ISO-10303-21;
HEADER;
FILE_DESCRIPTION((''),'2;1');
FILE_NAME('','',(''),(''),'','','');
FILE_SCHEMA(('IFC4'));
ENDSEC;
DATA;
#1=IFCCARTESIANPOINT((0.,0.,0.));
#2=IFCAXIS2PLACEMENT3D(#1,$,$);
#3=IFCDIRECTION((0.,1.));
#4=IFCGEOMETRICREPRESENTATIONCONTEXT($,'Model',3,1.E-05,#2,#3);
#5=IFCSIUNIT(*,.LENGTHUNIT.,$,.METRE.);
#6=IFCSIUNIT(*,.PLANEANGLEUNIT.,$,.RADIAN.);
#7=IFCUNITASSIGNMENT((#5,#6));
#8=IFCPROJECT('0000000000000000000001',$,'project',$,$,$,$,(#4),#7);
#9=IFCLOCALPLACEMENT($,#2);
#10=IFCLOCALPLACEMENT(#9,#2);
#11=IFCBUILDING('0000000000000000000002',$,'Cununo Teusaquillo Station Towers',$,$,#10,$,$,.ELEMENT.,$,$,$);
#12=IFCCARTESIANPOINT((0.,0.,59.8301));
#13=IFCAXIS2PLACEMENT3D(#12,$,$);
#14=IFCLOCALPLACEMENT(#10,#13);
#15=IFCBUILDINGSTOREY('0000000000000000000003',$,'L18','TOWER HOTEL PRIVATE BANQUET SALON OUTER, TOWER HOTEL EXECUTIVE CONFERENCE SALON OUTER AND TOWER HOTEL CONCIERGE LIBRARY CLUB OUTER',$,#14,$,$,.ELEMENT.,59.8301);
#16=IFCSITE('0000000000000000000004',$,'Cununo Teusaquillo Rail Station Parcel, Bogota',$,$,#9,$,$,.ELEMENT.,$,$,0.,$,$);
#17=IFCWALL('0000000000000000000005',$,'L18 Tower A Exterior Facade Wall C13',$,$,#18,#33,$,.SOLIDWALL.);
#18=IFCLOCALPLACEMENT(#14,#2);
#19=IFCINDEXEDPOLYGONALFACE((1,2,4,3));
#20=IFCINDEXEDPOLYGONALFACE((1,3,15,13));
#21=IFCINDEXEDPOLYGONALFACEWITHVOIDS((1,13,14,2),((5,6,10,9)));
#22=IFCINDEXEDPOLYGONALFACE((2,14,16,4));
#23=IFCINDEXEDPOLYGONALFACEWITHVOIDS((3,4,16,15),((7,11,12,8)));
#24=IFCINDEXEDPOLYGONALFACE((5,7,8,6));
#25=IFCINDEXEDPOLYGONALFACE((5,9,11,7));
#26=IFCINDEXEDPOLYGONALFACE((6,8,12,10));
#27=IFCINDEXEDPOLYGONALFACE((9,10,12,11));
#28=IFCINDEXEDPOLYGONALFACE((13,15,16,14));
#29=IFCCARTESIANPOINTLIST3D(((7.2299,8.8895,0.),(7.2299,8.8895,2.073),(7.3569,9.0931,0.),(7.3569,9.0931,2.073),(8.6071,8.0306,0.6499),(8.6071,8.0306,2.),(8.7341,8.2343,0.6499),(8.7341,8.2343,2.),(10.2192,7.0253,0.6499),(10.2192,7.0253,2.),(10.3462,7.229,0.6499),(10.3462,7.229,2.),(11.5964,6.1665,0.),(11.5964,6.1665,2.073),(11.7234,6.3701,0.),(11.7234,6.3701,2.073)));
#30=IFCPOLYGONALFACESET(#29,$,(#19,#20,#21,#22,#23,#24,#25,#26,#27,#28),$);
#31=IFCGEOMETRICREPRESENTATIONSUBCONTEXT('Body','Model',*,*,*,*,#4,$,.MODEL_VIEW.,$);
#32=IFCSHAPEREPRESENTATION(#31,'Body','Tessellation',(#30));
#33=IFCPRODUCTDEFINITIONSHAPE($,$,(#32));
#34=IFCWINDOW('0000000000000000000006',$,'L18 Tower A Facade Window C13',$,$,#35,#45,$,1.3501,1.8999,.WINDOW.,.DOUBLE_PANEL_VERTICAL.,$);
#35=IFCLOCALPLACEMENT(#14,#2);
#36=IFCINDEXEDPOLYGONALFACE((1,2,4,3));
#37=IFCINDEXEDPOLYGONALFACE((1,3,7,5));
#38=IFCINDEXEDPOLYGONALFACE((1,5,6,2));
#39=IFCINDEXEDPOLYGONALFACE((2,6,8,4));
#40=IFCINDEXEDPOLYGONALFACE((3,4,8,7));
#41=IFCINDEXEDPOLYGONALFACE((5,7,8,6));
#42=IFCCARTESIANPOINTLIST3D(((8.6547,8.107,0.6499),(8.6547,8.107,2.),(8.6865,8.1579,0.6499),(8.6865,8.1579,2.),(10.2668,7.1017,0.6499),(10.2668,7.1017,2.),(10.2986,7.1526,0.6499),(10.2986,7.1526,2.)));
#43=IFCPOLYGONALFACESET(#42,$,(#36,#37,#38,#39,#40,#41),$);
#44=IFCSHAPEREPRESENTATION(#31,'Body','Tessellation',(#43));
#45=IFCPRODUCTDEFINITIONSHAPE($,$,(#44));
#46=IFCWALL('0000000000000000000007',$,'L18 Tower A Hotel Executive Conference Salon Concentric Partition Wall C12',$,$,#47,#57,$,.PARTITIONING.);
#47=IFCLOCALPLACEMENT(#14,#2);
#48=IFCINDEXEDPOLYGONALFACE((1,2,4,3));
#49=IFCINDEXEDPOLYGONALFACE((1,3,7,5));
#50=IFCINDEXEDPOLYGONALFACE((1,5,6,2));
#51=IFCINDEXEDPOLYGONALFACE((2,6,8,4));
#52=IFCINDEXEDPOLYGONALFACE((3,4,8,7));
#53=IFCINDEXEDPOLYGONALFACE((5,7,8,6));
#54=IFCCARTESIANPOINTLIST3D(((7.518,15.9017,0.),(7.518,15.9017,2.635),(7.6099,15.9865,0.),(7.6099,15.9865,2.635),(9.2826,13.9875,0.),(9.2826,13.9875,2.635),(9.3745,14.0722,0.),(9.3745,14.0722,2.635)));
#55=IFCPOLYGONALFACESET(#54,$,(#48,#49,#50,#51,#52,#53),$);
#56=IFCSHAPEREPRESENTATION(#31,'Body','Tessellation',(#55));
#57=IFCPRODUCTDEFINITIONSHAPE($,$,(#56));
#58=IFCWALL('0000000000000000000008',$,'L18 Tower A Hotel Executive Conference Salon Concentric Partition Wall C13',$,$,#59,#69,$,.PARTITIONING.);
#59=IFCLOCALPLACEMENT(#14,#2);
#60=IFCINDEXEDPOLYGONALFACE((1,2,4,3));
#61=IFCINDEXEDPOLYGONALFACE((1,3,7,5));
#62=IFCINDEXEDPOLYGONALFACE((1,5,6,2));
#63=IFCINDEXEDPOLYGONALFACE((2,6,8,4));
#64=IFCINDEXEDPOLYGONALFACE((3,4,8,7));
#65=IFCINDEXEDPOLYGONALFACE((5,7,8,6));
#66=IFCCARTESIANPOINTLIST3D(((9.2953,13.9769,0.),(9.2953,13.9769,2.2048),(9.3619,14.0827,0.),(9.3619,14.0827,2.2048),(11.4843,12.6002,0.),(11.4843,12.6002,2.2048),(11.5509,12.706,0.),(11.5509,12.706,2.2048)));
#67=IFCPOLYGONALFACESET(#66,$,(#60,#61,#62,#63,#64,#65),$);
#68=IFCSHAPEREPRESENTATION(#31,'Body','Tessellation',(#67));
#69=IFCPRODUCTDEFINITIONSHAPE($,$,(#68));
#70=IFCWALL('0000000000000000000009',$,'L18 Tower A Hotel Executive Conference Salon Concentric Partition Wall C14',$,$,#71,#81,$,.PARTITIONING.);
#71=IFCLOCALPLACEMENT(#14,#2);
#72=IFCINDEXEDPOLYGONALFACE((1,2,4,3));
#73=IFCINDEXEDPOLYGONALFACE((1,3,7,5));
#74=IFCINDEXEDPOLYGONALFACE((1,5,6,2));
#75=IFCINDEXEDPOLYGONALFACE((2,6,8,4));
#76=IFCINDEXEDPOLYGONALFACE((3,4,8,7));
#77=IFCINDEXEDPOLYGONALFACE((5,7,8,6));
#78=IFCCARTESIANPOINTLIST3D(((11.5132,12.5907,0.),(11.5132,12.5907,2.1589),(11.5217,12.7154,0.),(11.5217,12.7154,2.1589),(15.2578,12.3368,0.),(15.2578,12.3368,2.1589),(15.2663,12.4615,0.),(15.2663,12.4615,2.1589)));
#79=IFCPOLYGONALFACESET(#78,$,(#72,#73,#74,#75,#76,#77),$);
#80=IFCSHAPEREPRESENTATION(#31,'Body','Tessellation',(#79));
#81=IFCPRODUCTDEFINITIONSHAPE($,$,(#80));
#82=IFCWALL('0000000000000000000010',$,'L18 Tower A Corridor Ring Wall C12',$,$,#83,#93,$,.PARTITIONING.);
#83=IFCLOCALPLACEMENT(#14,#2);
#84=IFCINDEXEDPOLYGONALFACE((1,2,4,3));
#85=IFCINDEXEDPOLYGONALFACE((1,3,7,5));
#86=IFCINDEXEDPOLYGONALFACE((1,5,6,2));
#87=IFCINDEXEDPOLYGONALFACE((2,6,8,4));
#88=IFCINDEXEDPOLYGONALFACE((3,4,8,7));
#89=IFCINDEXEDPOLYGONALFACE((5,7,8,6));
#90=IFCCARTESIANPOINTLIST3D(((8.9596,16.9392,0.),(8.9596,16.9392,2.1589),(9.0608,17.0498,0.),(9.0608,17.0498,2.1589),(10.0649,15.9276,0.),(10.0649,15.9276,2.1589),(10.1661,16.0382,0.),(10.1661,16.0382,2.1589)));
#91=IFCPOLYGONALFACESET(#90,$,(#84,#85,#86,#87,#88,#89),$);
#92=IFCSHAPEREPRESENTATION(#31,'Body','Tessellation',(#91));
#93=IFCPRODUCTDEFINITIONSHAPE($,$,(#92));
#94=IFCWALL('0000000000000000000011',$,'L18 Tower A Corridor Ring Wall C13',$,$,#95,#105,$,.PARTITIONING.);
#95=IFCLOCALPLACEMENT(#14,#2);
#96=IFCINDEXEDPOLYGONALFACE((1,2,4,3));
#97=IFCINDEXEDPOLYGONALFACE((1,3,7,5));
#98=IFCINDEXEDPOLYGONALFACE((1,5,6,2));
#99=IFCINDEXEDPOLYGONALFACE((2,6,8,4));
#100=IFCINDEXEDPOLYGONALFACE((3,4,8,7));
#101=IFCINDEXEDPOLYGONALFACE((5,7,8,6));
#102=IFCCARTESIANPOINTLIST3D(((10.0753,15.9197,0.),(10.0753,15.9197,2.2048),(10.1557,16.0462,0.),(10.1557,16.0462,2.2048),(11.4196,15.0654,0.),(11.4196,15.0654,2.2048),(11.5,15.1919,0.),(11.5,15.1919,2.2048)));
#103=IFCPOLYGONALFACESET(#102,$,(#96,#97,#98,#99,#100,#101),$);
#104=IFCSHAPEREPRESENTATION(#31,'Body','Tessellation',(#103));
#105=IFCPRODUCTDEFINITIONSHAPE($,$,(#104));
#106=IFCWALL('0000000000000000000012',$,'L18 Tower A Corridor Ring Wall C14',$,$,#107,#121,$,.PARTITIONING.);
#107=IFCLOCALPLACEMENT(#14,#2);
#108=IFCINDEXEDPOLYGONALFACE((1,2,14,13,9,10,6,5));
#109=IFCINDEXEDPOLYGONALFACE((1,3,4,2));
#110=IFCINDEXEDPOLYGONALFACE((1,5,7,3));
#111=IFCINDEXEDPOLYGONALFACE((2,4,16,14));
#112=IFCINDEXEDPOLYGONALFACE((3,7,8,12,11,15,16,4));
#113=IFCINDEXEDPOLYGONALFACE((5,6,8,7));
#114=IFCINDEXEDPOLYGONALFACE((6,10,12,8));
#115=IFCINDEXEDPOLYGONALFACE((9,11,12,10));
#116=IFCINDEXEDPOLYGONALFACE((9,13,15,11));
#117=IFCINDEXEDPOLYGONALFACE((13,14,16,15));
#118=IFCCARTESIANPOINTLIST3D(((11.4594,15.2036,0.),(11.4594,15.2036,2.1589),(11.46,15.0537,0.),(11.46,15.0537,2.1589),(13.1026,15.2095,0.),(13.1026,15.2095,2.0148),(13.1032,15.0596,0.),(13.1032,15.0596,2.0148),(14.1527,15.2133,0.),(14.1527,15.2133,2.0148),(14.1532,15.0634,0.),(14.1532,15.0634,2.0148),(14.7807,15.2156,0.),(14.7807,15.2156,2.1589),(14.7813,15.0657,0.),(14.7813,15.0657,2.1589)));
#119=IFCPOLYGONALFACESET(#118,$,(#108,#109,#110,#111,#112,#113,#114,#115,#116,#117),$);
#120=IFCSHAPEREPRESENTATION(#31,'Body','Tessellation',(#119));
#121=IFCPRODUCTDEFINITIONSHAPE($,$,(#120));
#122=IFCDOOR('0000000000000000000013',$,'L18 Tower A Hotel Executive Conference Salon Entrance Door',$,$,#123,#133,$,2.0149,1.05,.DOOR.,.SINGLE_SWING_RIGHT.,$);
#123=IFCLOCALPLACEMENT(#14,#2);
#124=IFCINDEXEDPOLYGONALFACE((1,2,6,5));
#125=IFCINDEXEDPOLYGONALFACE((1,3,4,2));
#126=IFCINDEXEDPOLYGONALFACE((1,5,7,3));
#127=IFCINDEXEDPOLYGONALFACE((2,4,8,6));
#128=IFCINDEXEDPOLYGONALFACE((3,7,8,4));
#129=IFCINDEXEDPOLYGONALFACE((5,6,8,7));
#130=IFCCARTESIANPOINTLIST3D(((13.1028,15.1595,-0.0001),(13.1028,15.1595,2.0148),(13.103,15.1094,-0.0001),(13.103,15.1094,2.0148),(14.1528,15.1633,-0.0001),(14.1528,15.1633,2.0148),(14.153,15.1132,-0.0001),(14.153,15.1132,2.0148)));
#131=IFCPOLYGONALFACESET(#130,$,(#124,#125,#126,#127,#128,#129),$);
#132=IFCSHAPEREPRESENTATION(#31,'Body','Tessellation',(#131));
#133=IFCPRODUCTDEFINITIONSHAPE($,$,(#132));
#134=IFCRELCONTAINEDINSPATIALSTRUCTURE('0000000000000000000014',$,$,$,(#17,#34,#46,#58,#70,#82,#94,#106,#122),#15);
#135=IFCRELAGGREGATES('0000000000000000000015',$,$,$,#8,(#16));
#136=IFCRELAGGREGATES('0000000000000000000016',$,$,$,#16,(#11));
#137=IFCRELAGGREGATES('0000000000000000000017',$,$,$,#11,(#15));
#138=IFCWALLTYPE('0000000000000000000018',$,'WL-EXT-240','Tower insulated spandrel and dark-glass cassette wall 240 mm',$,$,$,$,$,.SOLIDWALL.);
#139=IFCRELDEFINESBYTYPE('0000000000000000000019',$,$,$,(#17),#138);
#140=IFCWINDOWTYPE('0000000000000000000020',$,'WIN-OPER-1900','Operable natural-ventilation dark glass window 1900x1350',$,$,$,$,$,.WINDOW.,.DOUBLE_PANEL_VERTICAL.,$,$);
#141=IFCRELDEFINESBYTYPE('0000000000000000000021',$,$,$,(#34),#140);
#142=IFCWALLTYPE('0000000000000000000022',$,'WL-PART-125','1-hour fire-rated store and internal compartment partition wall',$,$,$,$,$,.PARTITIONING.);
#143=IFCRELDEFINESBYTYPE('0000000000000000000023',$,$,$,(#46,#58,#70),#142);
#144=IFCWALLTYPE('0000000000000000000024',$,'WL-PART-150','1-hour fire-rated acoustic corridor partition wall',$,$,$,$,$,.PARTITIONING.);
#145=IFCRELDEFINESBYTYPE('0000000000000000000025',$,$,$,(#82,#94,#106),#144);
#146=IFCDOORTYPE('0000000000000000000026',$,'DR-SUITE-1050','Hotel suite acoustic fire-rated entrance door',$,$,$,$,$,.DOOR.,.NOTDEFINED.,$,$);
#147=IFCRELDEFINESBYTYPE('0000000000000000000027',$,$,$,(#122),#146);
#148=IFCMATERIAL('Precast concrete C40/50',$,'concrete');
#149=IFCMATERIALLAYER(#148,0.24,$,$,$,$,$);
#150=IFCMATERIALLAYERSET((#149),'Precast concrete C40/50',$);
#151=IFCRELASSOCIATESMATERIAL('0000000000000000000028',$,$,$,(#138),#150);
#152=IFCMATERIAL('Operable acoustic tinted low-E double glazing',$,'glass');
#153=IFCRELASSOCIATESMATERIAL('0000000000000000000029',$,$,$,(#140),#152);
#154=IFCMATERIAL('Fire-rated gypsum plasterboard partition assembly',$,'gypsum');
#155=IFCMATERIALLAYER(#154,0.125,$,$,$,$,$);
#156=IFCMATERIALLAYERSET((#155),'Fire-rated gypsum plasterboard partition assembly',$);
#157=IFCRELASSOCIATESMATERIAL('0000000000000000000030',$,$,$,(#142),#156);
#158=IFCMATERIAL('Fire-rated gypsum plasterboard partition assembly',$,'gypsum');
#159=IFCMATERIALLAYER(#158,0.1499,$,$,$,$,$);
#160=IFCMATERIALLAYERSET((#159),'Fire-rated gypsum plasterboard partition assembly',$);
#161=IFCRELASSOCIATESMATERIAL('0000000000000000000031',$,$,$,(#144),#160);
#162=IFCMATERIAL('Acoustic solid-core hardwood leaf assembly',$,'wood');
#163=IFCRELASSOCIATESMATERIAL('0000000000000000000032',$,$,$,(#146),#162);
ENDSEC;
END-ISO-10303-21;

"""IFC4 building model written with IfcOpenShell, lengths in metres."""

from ifc_helpers import new_model, si_unit, direction, frame, frame_2d, origin, place, context, subcontext, project, spatial, rectangle, extrude, source, transform, mapped, material, layer, layer_set, type_object, element, fill, save


model = new_model("IFC4")

# Units and contexts
model_context = context("Model", 3, precision=1e-05, world=origin(), true_north=direction((0.0, 1.0)))
body_context = subcontext(model_context, "Body", "Model", "MODEL_VIEW")
ifc_project = project(units=[si_unit("LENGTHUNIT", "METRE"), si_unit("PLANEANGLEUNIT", "RADIAN")], contexts=[model_context])

# Site, building, storey
site_placement = place(None, origin())
site = spatial("IfcSite", under=ifc_project, at=site_placement, Name="Cununo Teusaquillo Rail Station Parcel, Bogota", CompositionType="ELEMENT", RefElevation=0.0)
building_placement = place(site_placement, origin())
building = spatial("IfcBuilding", under=site, at=building_placement, Name="Cununo Teusaquillo Station Towers", CompositionType="ELEMENT")
storey_placement = place(building_placement, frame((0.0, 0.0, 59.8301)))
storey = spatial("IfcBuildingStorey", under=building, at=storey_placement, Name="L18", Description="TOWER HOTEL PRIVATE BANQUET SALON OUTER, TOWER HOTEL EXECUTIVE CONFERENCE SALON OUTER AND TOWER HOTEL CONCIERGE LIBRARY CLUB OUTER", CompositionType="ELEMENT", Elevation=59.8301)

# Shared definitions
ifc_material_1 = material(Name="Precast concrete C40/50", Category="concrete")
ifc_layer_1 = layer(ifc_material_1, 0.24)
ifc_layer_set_1 = layer_set([ifc_layer_1], Name="Precast concrete C40/50")
wall_type_1 = type_object("IfcWallType", Name="WL-EXT-240", Description="Tower insulated spandrel and dark-glass cassette wall 240 mm", PredefinedType="SOLIDWALL", material=ifc_layer_set_1)
shared_shape_1 = source(origin(), body_context, "Body", "SweptSolid", [
    extrude(rectangle(XDim=1.8999, YDim=1.3501, at=frame_2d((0.95, 0.675))), frame((0.0, 0.1299, 0.0), z_axis=(0.0, -1.0, 0.0), x_axis=(1.0, 0.0, 0.0)), (0.0, 0.0, 1.0), 0.26),
])
ifc_material_2 = material(Name="Operable acoustic tinted low-E double glazing", Category="glass")
window_type = type_object("IfcWindowType", Name="WIN-OPER-1900", Description="Operable natural-ventilation dark glass window 1900x1350", PartitioningType="DOUBLE_PANEL_VERTICAL", PredefinedType="WINDOW", material=ifc_material_2)
shared_shape_2 = source(origin(), body_context, "Body", "SweptSolid", [
    extrude(rectangle(XDim=1.8999, YDim=1.3501, at=frame_2d((0.95, 0.675))), frame((0.0, 0.03, 0.0), z_axis=(0.0, -1.0, 0.0), x_axis=(1.0, 0.0, 0.0)), (0.0, 0.0, 1.0), 0.0601),
])

# Wall, opening, window
wall_1_placement = place(storey_placement, frame((11.6599, 6.2683, 0.0), z_axis=(0.0, 0.0, 1.0), x_axis=(-0.848534, 0.529141, 0.0)))
wall_1 = element("IfcWall", 1, at=wall_1_placement, inside=storey, type_object=wall_type_1, Name="L18 Tower A Exterior Facade Wall C13", PredefinedType="SOLIDWALL", context=body_context, shape_type="SweptSolid", body=[
    extrude(rectangle(XDim=5.146, YDim=0.24, at=frame_2d((2.573, 0.0))), origin(), (0.0, 0.0, 1.0), 2.073),
])
opening_1_placement = place(wall_1_placement, frame((1.623, 0.0, 0.6499)))
opening_1 = element("IfcOpeningElement", 2, at=opening_1_placement, cuts=wall_1, PredefinedType="OPENING", context=body_context, shape_type="MappedRepresentation", body=[
    mapped(shared_shape_1, transform((0.0, 0.0, 0.0), x_axis=(1.0, 0.0, 0.0), y_axis=(0.0, 1.0, 0.0), z_axis=(0.0, 0.0, 1.0), scale=1.0)),
])
window_1_placement = place(opening_1_placement, origin())
window_1 = element("IfcWindow", 3, at=window_1_placement, inside=storey, type_object=window_type, Name="L18 Tower A Facade Window C13", OverallHeight=1.3501, OverallWidth=1.8999, PartitioningType="DOUBLE_PANEL_VERTICAL", PredefinedType="WINDOW", context=body_context, shape_type="MappedRepresentation", body=[
    mapped(shared_shape_2, transform((0.0, 0.0, 0.0), x_axis=(1.0, 0.0, 0.0), y_axis=(0.0, 1.0, 0.0), z_axis=(0.0, 0.0, 1.0), scale=1.0)),
])
fill(opening_1, window_1)

# Walls
ifc_material_3 = material(Name="Fire-rated gypsum plasterboard partition assembly", Category="gypsum")
ifc_layer_2 = layer(ifc_material_3, 0.125)
ifc_layer_set_2 = layer_set([ifc_layer_2], Name="Fire-rated gypsum plasterboard partition assembly")
wall_type_2 = type_object("IfcWallType", Name="WL-PART-125", Description="1-hour fire-rated store and internal compartment partition wall", PredefinedType="PARTITIONING", material=ifc_layer_set_2)
wall_2_placement = place(storey_placement, frame((7.564, 15.9441, 0.0), z_axis=(0.0, 0.0, 1.0), x_axis=(0.677781, -0.735263, 0.0)))
element("IfcWall", 4, at=wall_2_placement, inside=storey, type_object=wall_type_2, Name="L18 Tower A Hotel Executive Conference Salon Concentric Partition Wall C12", PredefinedType="PARTITIONING", context=body_context, shape_type="SweptSolid", body=[
    extrude(rectangle(XDim=2.6035, YDim=0.125, at=frame_2d((1.3018, 0.0))), origin(), (0.0, 0.0, 1.0), 2.635),
])
wall_3_placement = place(storey_placement, frame((9.3286, 14.0298, 0.0), z_axis=(0.0, 0.0, 1.0), x_axis=(0.846499, -0.53239, 0.0)))
element("IfcWall", 5, at=wall_3_placement, inside=storey, type_object=wall_type_2, Name="L18 Tower A Hotel Executive Conference Salon Concentric Partition Wall C13", PredefinedType="PARTITIONING", context=body_context, shape_type="SweptSolid", body=[
    extrude(rectangle(XDim=2.5859, YDim=0.125, at=frame_2d((1.293, 0.0))), origin(), (0.0, 0.0, 1.0), 2.2048),
])
wall_4_placement = place(storey_placement, frame((11.5176, 12.6531, 0.0), z_axis=(0.0, 0.0, 1.0), x_axis=(0.997709, -0.06765, 0.0)))
element("IfcWall", 6, at=wall_4_placement, inside=storey, type_object=wall_type_2, Name="L18 Tower A Hotel Executive Conference Salon Concentric Partition Wall C14", PredefinedType="PARTITIONING", context=body_context, shape_type="SweptSolid", body=[
    extrude(rectangle(XDim=3.7532, YDim=0.125, at=frame_2d((1.8765, 0.0))), origin(), (0.0, 0.0, 1.0), 2.1589),
])
ifc_material_4 = material(Name="Fire-rated gypsum plasterboard partition assembly", Category="gypsum")
ifc_layer_3 = layer(ifc_material_4, 0.1499)
ifc_layer_set_3 = layer_set([ifc_layer_3], Name="Fire-rated gypsum plasterboard partition assembly")
wall_type_3 = type_object("IfcWallType", Name="WL-PART-150", Description="1-hour fire-rated acoustic corridor partition wall", PredefinedType="PARTITIONING", material=ifc_layer_set_3)
wall_5_placement = place(storey_placement, frame((9.0103, 16.9944, 0.0), z_axis=(0.0, 0.0, 1.0), x_axis=(0.737702, -0.675127, 0.0)))
element("IfcWall", 7, at=wall_5_placement, inside=storey, type_object=wall_type_3, Name="L18 Tower A Corridor Ring Wall C12", PredefinedType="PARTITIONING", context=body_context, shape_type="SweptSolid", body=[
    extrude(rectangle(XDim=1.4983, YDim=0.1499, at=frame_2d((0.749, 0.0))), origin(), (0.0, 0.0, 1.0), 2.1589),
])
wall_6_placement = place(storey_placement, frame((10.1155, 15.9829, 0.0), z_axis=(0.0, 0.0, 1.0), x_axis=(0.843996, -0.53635, 0.0)))
element("IfcWall", 8, at=wall_6_placement, inside=storey, type_object=wall_type_3, Name="L18 Tower A Corridor Ring Wall C13", PredefinedType="PARTITIONING", context=body_context, shape_type="SweptSolid", body=[
    extrude(rectangle(XDim=1.5928, YDim=0.1499, at=frame_2d((0.7964, 0.0))), origin(), (0.0, 0.0, 1.0), 2.2048),
])

# Wall, opening, door
wall_7_placement = place(storey_placement, frame((11.4597, 15.1287, 0.0), z_axis=(0.0, 0.0, 1.0), x_axis=(0.999994, 0.003602, 0.0)))
wall_7 = element("IfcWall", 9, at=wall_7_placement, inside=storey, type_object=wall_type_3, Name="L18 Tower A Corridor Ring Wall C14", PredefinedType="PARTITIONING", context=body_context, shape_type="SweptSolid", body=[
    extrude(rectangle(XDim=3.3213, YDim=0.1499, at=frame_2d((1.6606, 0.0))), origin(), (0.0, 0.0, 1.0), 2.1589),
])
shared_shape_3 = source(origin(), body_context, "Body", "SweptSolid", [
    extrude(rectangle(XDim=1.05, YDim=2.0149, at=frame_2d((0.5249, 1.0073))), frame((0.0, 0.085, 0.0), z_axis=(0.0, -1.0, 0.0), x_axis=(1.0, 0.0, 0.0)), (0.0, 0.0, 1.0), 0.1699),
])
opening_2_placement = place(wall_7_placement, frame((1.6433, 0.0, 0.0)))
opening_2 = element("IfcOpeningElement", 10, at=opening_2_placement, cuts=wall_7, PredefinedType="OPENING", context=body_context, shape_type="MappedRepresentation", body=[
    mapped(shared_shape_3, transform((0.0, 0.0, 0.0), x_axis=(1.0, 0.0, 0.0), y_axis=(0.0, 1.0, 0.0), z_axis=(0.0, 0.0, 1.0), scale=1.0)),
])
ifc_material_5 = material(Name="Acoustic solid-core hardwood leaf assembly", Category="wood")
door_type = type_object("IfcDoorType", Name="DR-SUITE-1050", Description="Hotel suite acoustic fire-rated entrance door", OperationType="NOTDEFINED", PredefinedType="DOOR", material=ifc_material_5)
shared_shape_4 = source(origin(), body_context, "Body", "SweptSolid", [
    extrude(rectangle(XDim=1.05, YDim=2.0149, at=frame_2d((0.5249, 1.0073))), frame((0.0, 0.0249, 0.0), z_axis=(0.0, -1.0, 0.0), x_axis=(1.0, 0.0, 0.0)), (0.0, 0.0, 1.0), 0.05),
])
door_placement = place(opening_2_placement, origin())
door = element("IfcDoor", 11, at=door_placement, inside=storey, type_object=door_type, Name="L18 Tower A Hotel Executive Conference Salon Entrance Door", OperationType="SINGLE_SWING_RIGHT", OverallHeight=2.0149, OverallWidth=1.05, PredefinedType="DOOR", context=body_context, shape_type="MappedRepresentation", body=[
    mapped(shared_shape_4, transform((0.0, 0.0, 0.0), x_axis=(1.0, 0.0, 0.0), y_axis=(0.0, 1.0, 0.0), z_axis=(0.0, 0.0, 1.0), scale=1.0)),
])
fill(opening_2, door)

save(model, "model.ifc")
